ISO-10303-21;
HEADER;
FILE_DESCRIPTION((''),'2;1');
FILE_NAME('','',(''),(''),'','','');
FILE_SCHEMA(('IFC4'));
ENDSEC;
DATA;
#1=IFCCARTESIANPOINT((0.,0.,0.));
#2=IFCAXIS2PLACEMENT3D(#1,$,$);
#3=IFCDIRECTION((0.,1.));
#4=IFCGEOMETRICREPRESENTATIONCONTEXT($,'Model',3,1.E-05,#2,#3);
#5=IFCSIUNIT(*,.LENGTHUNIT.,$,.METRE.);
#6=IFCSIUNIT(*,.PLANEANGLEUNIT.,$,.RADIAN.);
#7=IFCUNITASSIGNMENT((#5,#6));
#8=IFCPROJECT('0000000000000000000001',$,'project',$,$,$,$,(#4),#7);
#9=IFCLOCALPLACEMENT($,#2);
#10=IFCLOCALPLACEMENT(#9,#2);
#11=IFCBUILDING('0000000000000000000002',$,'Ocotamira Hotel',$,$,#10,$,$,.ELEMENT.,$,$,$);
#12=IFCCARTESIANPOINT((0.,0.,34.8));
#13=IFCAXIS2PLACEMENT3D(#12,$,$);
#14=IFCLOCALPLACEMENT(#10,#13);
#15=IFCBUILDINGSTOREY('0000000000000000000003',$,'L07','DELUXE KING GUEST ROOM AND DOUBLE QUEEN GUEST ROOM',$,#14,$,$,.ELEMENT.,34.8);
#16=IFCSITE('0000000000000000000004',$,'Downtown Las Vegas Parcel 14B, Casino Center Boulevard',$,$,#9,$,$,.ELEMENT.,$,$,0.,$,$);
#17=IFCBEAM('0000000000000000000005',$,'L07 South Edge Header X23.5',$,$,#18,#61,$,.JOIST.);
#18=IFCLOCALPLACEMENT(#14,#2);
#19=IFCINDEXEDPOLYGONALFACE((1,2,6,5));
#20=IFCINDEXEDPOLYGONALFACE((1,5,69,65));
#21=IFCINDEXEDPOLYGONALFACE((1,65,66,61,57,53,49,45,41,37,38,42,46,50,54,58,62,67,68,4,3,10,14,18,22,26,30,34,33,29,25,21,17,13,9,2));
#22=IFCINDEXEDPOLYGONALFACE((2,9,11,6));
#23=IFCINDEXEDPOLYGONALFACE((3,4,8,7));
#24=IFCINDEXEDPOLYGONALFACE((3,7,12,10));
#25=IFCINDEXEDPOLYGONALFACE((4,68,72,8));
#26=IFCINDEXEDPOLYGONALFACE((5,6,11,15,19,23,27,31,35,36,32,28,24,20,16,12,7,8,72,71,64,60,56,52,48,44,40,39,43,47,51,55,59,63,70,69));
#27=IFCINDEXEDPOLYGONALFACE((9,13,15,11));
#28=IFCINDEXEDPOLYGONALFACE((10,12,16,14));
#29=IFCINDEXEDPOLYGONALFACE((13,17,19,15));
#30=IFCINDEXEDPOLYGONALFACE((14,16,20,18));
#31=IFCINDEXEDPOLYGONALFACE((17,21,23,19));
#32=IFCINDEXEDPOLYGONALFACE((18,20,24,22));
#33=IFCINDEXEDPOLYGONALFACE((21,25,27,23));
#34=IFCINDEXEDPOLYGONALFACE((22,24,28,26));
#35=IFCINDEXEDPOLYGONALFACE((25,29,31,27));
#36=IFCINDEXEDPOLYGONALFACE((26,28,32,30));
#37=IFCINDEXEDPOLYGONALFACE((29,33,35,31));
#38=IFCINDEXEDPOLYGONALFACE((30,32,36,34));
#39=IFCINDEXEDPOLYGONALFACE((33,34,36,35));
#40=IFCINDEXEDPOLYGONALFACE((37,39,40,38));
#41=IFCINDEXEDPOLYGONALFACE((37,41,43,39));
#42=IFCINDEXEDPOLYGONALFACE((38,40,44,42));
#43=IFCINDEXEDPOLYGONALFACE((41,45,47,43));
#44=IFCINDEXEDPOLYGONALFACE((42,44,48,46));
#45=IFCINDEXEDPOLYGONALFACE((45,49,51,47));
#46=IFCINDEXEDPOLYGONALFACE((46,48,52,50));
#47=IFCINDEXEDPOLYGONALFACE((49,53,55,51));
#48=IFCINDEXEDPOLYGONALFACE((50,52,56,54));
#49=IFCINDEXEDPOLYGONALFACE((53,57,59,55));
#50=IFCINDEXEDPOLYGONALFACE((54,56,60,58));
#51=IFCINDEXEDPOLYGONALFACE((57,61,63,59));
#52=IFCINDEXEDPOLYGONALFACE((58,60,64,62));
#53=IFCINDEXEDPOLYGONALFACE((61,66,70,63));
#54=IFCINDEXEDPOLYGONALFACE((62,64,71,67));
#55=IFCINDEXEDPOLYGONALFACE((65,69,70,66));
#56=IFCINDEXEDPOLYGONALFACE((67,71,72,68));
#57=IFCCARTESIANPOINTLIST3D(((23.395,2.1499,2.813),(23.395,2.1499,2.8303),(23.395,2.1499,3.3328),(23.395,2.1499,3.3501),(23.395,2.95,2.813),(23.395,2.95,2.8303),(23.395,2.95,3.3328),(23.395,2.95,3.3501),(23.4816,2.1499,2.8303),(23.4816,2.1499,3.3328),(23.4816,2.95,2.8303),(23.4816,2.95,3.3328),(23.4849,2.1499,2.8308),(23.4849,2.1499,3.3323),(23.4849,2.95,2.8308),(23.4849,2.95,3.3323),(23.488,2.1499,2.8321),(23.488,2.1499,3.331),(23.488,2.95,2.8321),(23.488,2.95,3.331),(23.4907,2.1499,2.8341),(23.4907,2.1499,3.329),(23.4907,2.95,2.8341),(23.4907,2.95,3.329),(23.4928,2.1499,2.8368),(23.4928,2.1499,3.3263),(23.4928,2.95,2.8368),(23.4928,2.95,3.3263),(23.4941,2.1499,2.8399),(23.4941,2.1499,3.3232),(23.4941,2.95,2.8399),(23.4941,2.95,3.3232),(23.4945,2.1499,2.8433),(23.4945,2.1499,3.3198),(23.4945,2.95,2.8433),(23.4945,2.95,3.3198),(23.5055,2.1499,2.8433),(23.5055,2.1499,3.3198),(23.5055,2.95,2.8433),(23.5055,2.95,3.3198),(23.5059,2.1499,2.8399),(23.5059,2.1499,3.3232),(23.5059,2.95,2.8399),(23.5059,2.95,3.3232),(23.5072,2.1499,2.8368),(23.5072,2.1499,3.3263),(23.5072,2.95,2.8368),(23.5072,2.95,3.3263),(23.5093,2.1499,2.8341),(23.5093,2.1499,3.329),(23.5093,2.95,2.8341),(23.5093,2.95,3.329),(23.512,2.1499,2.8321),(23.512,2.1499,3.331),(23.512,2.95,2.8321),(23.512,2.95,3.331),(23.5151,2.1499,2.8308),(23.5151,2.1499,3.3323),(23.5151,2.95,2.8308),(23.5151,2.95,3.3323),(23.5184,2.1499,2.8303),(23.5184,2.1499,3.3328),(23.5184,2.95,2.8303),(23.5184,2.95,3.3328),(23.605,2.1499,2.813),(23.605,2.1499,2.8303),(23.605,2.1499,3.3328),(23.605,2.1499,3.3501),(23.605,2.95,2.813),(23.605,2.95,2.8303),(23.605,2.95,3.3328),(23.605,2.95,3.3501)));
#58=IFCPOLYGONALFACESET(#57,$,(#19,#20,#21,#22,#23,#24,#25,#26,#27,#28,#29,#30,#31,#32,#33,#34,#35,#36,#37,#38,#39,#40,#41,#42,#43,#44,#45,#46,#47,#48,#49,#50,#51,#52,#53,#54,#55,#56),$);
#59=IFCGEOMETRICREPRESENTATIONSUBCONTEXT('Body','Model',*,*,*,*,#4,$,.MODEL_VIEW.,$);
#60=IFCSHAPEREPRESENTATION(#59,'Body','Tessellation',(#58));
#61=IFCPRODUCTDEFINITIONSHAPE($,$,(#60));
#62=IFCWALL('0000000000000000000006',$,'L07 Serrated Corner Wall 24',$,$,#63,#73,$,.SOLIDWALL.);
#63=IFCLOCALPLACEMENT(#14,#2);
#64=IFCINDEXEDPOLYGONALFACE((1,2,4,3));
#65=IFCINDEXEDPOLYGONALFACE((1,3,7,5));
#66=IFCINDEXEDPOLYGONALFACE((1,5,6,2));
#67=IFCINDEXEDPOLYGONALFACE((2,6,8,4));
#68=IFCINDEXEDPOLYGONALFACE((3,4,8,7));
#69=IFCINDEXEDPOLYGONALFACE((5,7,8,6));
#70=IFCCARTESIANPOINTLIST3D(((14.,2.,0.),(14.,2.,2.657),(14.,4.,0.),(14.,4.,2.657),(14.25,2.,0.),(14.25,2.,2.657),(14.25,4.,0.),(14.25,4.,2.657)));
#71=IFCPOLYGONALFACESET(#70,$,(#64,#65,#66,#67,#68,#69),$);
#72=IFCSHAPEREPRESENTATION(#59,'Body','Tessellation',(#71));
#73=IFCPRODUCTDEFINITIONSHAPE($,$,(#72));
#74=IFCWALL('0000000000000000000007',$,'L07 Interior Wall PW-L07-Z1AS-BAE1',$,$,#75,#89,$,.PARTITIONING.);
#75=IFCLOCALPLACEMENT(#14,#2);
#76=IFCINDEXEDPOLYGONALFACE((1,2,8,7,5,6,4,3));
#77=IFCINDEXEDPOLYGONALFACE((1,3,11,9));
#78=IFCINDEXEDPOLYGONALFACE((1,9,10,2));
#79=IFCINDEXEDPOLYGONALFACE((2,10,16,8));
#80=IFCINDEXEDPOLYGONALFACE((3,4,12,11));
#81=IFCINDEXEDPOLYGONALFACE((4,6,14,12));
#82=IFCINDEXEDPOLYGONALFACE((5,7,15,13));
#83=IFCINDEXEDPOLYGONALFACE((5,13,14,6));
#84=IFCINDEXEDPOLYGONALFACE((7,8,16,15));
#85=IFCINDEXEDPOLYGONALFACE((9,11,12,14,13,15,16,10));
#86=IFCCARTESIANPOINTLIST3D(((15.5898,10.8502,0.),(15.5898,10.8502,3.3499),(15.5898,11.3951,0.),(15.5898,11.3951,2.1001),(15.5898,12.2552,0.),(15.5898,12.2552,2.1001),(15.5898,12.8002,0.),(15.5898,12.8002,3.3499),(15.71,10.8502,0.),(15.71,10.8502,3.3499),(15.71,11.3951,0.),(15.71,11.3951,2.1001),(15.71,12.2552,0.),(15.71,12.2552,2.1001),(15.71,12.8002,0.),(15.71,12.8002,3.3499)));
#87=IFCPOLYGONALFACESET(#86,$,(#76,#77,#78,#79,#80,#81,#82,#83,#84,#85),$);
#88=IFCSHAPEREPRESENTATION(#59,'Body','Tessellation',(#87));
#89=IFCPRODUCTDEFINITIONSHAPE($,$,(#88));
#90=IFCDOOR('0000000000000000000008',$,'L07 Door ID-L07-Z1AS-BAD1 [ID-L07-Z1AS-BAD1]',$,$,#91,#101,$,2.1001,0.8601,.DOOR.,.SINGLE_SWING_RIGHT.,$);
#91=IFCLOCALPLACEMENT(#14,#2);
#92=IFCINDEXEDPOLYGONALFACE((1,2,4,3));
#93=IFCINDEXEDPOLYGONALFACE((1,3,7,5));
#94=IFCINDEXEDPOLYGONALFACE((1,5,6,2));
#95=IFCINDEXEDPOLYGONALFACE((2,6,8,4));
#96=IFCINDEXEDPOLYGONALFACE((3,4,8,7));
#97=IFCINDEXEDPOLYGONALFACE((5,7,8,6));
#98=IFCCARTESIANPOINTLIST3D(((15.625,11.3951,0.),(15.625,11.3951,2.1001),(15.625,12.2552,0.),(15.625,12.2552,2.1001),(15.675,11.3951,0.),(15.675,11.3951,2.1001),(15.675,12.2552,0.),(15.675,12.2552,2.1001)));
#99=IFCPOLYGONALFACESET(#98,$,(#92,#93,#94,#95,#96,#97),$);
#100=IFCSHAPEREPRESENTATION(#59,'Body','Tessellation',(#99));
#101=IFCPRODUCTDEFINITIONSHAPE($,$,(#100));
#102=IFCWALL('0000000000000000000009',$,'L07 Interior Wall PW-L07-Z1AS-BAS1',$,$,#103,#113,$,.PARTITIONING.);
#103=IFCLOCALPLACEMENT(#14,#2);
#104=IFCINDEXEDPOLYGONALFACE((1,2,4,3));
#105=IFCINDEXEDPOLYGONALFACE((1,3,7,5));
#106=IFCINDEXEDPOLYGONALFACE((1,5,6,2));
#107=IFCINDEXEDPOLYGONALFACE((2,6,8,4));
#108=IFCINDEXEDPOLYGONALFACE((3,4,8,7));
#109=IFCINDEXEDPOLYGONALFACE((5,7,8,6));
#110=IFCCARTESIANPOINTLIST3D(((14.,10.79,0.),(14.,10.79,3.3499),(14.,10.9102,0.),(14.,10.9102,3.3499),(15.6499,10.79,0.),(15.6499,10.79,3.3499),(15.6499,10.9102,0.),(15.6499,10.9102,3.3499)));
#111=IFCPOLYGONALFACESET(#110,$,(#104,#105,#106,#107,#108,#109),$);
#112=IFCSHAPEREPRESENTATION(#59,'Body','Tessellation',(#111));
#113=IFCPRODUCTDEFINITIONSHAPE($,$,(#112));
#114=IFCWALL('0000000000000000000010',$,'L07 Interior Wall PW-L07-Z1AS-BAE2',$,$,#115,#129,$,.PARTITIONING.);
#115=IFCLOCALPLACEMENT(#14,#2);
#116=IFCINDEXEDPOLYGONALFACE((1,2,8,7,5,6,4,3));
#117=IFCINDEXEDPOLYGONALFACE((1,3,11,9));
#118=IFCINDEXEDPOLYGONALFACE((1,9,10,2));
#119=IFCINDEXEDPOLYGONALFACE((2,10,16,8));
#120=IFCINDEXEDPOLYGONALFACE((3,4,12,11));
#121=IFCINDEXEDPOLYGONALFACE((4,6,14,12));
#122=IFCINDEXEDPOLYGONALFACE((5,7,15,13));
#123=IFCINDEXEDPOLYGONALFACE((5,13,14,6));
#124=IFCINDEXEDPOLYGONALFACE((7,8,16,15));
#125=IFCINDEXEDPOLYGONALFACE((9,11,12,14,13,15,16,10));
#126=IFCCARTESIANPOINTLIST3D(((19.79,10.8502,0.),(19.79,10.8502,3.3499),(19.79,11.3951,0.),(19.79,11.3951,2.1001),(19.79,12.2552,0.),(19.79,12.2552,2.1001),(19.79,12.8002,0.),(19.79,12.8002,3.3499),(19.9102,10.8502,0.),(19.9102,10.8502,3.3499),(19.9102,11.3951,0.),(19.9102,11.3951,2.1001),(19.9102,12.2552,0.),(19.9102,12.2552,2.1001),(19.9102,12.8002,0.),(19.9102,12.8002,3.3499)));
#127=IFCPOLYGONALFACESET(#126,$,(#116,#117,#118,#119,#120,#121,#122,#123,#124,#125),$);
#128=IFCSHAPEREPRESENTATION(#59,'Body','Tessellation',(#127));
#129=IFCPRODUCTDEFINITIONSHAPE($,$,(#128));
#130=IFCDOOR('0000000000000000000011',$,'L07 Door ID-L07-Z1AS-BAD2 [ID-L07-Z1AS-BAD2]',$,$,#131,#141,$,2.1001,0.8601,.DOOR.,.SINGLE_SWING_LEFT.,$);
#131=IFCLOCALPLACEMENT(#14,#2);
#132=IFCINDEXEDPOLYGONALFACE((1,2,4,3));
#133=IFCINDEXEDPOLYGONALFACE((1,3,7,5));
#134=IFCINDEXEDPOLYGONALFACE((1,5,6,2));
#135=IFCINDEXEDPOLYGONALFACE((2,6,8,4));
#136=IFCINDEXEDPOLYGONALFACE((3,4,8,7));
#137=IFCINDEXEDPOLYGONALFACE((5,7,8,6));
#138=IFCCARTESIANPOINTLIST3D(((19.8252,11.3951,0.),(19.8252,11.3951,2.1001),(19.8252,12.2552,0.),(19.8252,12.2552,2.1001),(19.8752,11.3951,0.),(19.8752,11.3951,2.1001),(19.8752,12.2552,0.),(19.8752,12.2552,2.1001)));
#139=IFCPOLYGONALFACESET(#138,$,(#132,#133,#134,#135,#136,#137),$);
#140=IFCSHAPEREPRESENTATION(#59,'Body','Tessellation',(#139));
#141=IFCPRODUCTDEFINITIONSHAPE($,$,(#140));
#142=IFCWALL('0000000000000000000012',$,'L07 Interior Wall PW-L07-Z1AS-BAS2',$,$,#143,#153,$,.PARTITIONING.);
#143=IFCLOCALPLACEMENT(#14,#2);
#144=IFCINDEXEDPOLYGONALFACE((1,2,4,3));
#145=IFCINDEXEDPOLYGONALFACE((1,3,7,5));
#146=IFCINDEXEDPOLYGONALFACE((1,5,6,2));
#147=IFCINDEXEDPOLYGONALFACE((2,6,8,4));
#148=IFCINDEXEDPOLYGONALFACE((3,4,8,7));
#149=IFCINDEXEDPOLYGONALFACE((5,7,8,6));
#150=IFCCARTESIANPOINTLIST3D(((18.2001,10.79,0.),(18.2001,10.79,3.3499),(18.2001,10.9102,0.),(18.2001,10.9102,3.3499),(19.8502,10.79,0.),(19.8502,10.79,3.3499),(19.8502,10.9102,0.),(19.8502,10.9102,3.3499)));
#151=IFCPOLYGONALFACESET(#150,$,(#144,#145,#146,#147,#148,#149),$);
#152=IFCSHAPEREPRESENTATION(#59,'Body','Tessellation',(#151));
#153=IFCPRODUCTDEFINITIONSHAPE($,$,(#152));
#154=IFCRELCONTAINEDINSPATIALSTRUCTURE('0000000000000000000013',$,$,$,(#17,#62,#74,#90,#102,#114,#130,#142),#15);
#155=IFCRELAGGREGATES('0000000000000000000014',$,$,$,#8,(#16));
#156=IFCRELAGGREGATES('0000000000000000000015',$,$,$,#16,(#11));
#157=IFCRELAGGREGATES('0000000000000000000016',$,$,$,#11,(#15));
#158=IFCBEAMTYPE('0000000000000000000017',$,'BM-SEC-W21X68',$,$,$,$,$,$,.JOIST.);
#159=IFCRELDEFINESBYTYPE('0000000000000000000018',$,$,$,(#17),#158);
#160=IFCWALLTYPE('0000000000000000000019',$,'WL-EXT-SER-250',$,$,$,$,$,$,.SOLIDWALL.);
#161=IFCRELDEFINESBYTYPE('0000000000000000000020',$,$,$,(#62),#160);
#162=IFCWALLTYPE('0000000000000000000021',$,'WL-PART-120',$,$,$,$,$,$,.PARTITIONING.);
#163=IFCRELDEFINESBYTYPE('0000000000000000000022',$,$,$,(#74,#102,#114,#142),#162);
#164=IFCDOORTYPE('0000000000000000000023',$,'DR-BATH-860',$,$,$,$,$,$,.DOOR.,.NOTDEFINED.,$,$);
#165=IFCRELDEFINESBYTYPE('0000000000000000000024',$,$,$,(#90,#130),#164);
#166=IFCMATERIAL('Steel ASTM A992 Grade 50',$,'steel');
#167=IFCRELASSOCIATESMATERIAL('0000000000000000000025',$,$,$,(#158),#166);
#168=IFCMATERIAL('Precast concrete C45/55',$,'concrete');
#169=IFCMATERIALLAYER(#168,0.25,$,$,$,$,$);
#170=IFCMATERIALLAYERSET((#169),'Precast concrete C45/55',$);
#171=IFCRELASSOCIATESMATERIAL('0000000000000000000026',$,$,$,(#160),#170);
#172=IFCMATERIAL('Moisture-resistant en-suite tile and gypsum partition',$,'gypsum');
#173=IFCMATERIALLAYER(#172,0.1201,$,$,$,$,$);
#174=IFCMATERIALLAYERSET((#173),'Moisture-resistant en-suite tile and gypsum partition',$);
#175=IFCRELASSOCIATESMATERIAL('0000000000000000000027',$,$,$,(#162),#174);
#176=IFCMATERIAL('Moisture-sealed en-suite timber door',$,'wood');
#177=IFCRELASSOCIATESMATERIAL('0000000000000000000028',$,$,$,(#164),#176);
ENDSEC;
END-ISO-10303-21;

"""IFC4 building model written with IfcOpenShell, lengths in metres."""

from ifc_helpers import new_model, si_unit, direction, frame, frame_2d, origin, origin_2d, place, context, subcontext, project, spatial, rectangle, i_section, extrude, source, transform, mapped, material, layer, layer_set, material_profile, profile_set, type_object, element, fill, save


model = new_model("IFC4")

# Units and contexts
model_context = context("Model", 3, precision=1e-05, world=origin(), true_north=direction((0.0, 1.0)))
body_context = subcontext(model_context, "Body", "Model", "MODEL_VIEW")
ifc_project = project(units=[si_unit("LENGTHUNIT", "METRE"), si_unit("PLANEANGLEUNIT", "RADIAN")], contexts=[model_context])

# Site, building, storey
site_placement = place(None, origin())
site = spatial("IfcSite", under=ifc_project, at=site_placement, Name="Downtown Las Vegas Parcel 14B, Casino Center Boulevard", CompositionType="ELEMENT", RefElevation=0.0)
building_placement = place(site_placement, origin())
building = spatial("IfcBuilding", under=site, at=building_placement, Name="Ocotamira Hotel", CompositionType="ELEMENT")
storey_placement = place(building_placement, frame((0.0, 0.0, 34.8)))
storey = spatial("IfcBuildingStorey", under=building, at=storey_placement, Name="L07", Description="DELUXE KING GUEST ROOM AND DOUBLE QUEEN GUEST ROOM", CompositionType="ELEMENT", Elevation=34.8)

# Beam
ifc_material_1 = material(Name="Steel ASTM A992 Grade 50", Category="steel")
ifc_material_profile_1 = material_profile(ifc_material_1, i_section(OverallWidth=0.21, OverallDepth=0.5371, WebThickness=0.011, FlangeThickness=0.0173, FilletRadius=0.0129, at=origin_2d()), Name="W21X68")
ifc_profile_set_1 = profile_set([ifc_material_profile_1], Name="Steel ASTM A992 Grade 50")
beam_type_1 = type_object("IfcBeamType", Name="BM-SEC-W21X68", PredefinedType="JOIST", material=ifc_profile_set_1)
shared_shape_1 = source(origin(), body_context, "Body", "SweptSolid", [
    extrude(i_section(OverallWidth=0.21, OverallDepth=0.5371, WebThickness=0.011, FlangeThickness=0.0173, FilletRadius=0.0129, at=origin_2d()), origin(), (0.0, 0.0, 1.0), 0.8),
])
for number, where, z_axis, x_axis, name in (
    (1, (23.5, 2.95, 3.0815), (0.0, -1.0, 0.0), (1.0, 0.0, 0.0), "L07 South Edge Header X23.5"),
):
    element("IfcBeam", number, at=place(storey_placement, frame(where, z_axis=z_axis, x_axis=x_axis)), inside=storey, type_object=beam_type_1, Name=name, PredefinedType="JOIST", context=body_context, shape_type="MappedRepresentation", body=[
        mapped(shared_shape_1, transform((0.0, 0.0, 0.0), scale=1.0)),
    ])

# Wall
ifc_material_2 = material(Name="Precast concrete C45/55", Category="concrete")
ifc_layer_1 = layer(ifc_material_2, 0.25)
ifc_layer_set_1 = layer_set([ifc_layer_1], Name="Precast concrete C45/55")
wall_type_1 = type_object("IfcWallType", Name="WL-EXT-SER-250", PredefinedType="SOLIDWALL", material=ifc_layer_set_1)
wall_1_placement = place(storey_placement, frame((14.125, 4.0, 0.0), z_axis=(0.0, 0.0, 1.0), x_axis=(0.0, -1.0, 0.0)))
element("IfcWall", 2, at=wall_1_placement, inside=storey, type_object=wall_type_1, Name="L07 Serrated Corner Wall 24", PredefinedType="SOLIDWALL", context=body_context, shape_type="SweptSolid", body=[
    extrude(rectangle(XDim=2.0, YDim=0.25, at=frame_2d((1.0, 0.0))), origin(), (0.0, 0.0, 1.0), 2.657),
])

# Wall, opening, door
ifc_material_3 = material(Name="Moisture-resistant en-suite tile and gypsum partition", Category="gypsum")
ifc_layer_2 = layer(ifc_material_3, 0.1201)
ifc_layer_set_2 = layer_set([ifc_layer_2], Name="Moisture-resistant en-suite tile and gypsum partition")
wall_type_2 = type_object("IfcWallType", Name="WL-PART-120", PredefinedType="PARTITIONING", material=ifc_layer_set_2)
wall_2_placement = place(storey_placement, frame((15.6499, 10.8501, 0.0), z_axis=(0.0, 0.0, 1.0), x_axis=(0.0, 1.0, 0.0)))
wall_2 = element("IfcWall", 3, at=wall_2_placement, inside=storey, type_object=wall_type_2, Name="L07 Interior Wall PW-L07-Z1AS-BAE1", PredefinedType="PARTITIONING", context=body_context, shape_type="SweptSolid", body=[
    extrude(rectangle(XDim=1.95, YDim=0.1201, at=frame_2d((0.9751, 0.0))), origin(), (0.0, 0.0, 1.0), 3.3499),
])
opening_1_placement = place(wall_2_placement, frame((0.5449, 0.0, 0.0)))
opening_1 = element("IfcOpeningElement", 4, at=opening_1_placement, cuts=wall_2, PredefinedType="OPENING", context=body_context, shape_type="SweptSolid", body=[
    extrude(rectangle(XDim=0.8601, YDim=2.1001, at=frame_2d((0.4302, 1.05))), frame((0.0, 0.0701, 0.0), z_axis=(0.0, -1.0, 0.0), x_axis=(1.0, 0.0, 0.0)), (0.0, 0.0, 1.0), 0.1401),
])
ifc_material_4 = material(Name="Moisture-sealed en-suite timber door", Category="wood")
door_type_1 = type_object("IfcDoorType", Name="DR-BATH-860", OperationType="NOTDEFINED", PredefinedType="DOOR", material=ifc_material_4)
shared_shape_2 = source(origin(), body_context, "Body", "SweptSolid", [
    extrude(rectangle(XDim=0.8601, YDim=2.1001, at=frame_2d((0.4302, 1.05))), frame((0.0, 0.0249, 0.0), z_axis=(0.0, -1.0, 0.0), x_axis=(1.0, 0.0, 0.0)), (0.0, 0.0, 1.0), 0.05),
])
door_1_placement = place(opening_1_placement, origin())
door_1 = element("IfcDoor", 5, at=door_1_placement, inside=storey, type_object=door_type_1, Name="L07 Door ID-L07-Z1AS-BAD1 [ID-L07-Z1AS-BAD1]", OperationType="SINGLE_SWING_RIGHT", OverallHeight=2.1001, OverallWidth=0.8601, PredefinedType="DOOR", context=body_context, shape_type="MappedRepresentation", body=[
    mapped(shared_shape_2, transform((0.0, 0.0, 0.0), scale=1.0)),
])
fill(opening_1, door_1)

# Wall
wall_3_placement = place(storey_placement, frame((14.0, 10.8501, 0.0), z_axis=(0.0, 0.0, 1.0), x_axis=(1.0, 0.0, 0.0)))
element("IfcWall", 6, at=wall_3_placement, inside=storey, type_object=wall_type_2, Name="L07 Interior Wall PW-L07-Z1AS-BAS1", PredefinedType="PARTITIONING", context=body_context, shape_type="SweptSolid", body=[
    extrude(rectangle(XDim=1.6499, YDim=0.1201, at=frame_2d((0.825, 0.0))), origin(), (0.0, 0.0, 1.0), 3.3499),
])

# Wall, opening, door
wall_4_placement = place(storey_placement, frame((19.8501, 10.8501, 0.0), z_axis=(0.0, 0.0, 1.0), x_axis=(0.0, 1.0, 0.0)))
wall_4 = element("IfcWall", 7, at=wall_4_placement, inside=storey, type_object=wall_type_2, Name="L07 Interior Wall PW-L07-Z1AS-BAE2", PredefinedType="PARTITIONING", context=body_context, shape_type="SweptSolid", body=[
    extrude(rectangle(XDim=1.95, YDim=0.1201, at=frame_2d((0.9751, 0.0))), origin(), (0.0, 0.0, 1.0), 3.3499),
])
opening_2_placement = place(wall_4_placement, frame((0.5449, 0.0, 0.0)))
opening_2 = element("IfcOpeningElement", 8, at=opening_2_placement, cuts=wall_4, PredefinedType="OPENING", context=body_context, shape_type="SweptSolid", body=[
    extrude(rectangle(XDim=0.8601, YDim=2.1001, at=frame_2d((0.4302, 1.05))), frame((0.0, 0.0701, 0.0), z_axis=(0.0, -1.0, 0.0), x_axis=(1.0, 0.0, 0.0)), (0.0, 0.0, 1.0), 0.1401),
])
door_2_placement = place(opening_2_placement, origin())
door_2 = element("IfcDoor", 9, at=door_2_placement, inside=storey, type_object=door_type_1, Name="L07 Door ID-L07-Z1AS-BAD2 [ID-L07-Z1AS-BAD2]", OperationType="SINGLE_SWING_LEFT", OverallHeight=2.1001, OverallWidth=0.8601, PredefinedType="DOOR", context=body_context, shape_type="MappedRepresentation", body=[
    mapped(shared_shape_2, transform((0.0, 0.0, 0.0), scale=1.0)),
])
fill(opening_2, door_2)

# Wall
wall_5_placement = place(storey_placement, frame((18.2, 10.8501, 0.0), z_axis=(0.0, 0.0, 1.0), x_axis=(1.0, 0.0, 0.0)))
element("IfcWall", 10, at=wall_5_placement, inside=storey, type_object=wall_type_2, Name="L07 Interior Wall PW-L07-Z1AS-BAS2", PredefinedType="PARTITIONING", context=body_context, shape_type="SweptSolid", body=[
    extrude(rectangle(XDim=1.6501, YDim=0.1201, at=frame_2d((0.8252, 0.0))), origin(), (0.0, 0.0, 1.0), 3.3499),
])

save(model, "model.ifc")
